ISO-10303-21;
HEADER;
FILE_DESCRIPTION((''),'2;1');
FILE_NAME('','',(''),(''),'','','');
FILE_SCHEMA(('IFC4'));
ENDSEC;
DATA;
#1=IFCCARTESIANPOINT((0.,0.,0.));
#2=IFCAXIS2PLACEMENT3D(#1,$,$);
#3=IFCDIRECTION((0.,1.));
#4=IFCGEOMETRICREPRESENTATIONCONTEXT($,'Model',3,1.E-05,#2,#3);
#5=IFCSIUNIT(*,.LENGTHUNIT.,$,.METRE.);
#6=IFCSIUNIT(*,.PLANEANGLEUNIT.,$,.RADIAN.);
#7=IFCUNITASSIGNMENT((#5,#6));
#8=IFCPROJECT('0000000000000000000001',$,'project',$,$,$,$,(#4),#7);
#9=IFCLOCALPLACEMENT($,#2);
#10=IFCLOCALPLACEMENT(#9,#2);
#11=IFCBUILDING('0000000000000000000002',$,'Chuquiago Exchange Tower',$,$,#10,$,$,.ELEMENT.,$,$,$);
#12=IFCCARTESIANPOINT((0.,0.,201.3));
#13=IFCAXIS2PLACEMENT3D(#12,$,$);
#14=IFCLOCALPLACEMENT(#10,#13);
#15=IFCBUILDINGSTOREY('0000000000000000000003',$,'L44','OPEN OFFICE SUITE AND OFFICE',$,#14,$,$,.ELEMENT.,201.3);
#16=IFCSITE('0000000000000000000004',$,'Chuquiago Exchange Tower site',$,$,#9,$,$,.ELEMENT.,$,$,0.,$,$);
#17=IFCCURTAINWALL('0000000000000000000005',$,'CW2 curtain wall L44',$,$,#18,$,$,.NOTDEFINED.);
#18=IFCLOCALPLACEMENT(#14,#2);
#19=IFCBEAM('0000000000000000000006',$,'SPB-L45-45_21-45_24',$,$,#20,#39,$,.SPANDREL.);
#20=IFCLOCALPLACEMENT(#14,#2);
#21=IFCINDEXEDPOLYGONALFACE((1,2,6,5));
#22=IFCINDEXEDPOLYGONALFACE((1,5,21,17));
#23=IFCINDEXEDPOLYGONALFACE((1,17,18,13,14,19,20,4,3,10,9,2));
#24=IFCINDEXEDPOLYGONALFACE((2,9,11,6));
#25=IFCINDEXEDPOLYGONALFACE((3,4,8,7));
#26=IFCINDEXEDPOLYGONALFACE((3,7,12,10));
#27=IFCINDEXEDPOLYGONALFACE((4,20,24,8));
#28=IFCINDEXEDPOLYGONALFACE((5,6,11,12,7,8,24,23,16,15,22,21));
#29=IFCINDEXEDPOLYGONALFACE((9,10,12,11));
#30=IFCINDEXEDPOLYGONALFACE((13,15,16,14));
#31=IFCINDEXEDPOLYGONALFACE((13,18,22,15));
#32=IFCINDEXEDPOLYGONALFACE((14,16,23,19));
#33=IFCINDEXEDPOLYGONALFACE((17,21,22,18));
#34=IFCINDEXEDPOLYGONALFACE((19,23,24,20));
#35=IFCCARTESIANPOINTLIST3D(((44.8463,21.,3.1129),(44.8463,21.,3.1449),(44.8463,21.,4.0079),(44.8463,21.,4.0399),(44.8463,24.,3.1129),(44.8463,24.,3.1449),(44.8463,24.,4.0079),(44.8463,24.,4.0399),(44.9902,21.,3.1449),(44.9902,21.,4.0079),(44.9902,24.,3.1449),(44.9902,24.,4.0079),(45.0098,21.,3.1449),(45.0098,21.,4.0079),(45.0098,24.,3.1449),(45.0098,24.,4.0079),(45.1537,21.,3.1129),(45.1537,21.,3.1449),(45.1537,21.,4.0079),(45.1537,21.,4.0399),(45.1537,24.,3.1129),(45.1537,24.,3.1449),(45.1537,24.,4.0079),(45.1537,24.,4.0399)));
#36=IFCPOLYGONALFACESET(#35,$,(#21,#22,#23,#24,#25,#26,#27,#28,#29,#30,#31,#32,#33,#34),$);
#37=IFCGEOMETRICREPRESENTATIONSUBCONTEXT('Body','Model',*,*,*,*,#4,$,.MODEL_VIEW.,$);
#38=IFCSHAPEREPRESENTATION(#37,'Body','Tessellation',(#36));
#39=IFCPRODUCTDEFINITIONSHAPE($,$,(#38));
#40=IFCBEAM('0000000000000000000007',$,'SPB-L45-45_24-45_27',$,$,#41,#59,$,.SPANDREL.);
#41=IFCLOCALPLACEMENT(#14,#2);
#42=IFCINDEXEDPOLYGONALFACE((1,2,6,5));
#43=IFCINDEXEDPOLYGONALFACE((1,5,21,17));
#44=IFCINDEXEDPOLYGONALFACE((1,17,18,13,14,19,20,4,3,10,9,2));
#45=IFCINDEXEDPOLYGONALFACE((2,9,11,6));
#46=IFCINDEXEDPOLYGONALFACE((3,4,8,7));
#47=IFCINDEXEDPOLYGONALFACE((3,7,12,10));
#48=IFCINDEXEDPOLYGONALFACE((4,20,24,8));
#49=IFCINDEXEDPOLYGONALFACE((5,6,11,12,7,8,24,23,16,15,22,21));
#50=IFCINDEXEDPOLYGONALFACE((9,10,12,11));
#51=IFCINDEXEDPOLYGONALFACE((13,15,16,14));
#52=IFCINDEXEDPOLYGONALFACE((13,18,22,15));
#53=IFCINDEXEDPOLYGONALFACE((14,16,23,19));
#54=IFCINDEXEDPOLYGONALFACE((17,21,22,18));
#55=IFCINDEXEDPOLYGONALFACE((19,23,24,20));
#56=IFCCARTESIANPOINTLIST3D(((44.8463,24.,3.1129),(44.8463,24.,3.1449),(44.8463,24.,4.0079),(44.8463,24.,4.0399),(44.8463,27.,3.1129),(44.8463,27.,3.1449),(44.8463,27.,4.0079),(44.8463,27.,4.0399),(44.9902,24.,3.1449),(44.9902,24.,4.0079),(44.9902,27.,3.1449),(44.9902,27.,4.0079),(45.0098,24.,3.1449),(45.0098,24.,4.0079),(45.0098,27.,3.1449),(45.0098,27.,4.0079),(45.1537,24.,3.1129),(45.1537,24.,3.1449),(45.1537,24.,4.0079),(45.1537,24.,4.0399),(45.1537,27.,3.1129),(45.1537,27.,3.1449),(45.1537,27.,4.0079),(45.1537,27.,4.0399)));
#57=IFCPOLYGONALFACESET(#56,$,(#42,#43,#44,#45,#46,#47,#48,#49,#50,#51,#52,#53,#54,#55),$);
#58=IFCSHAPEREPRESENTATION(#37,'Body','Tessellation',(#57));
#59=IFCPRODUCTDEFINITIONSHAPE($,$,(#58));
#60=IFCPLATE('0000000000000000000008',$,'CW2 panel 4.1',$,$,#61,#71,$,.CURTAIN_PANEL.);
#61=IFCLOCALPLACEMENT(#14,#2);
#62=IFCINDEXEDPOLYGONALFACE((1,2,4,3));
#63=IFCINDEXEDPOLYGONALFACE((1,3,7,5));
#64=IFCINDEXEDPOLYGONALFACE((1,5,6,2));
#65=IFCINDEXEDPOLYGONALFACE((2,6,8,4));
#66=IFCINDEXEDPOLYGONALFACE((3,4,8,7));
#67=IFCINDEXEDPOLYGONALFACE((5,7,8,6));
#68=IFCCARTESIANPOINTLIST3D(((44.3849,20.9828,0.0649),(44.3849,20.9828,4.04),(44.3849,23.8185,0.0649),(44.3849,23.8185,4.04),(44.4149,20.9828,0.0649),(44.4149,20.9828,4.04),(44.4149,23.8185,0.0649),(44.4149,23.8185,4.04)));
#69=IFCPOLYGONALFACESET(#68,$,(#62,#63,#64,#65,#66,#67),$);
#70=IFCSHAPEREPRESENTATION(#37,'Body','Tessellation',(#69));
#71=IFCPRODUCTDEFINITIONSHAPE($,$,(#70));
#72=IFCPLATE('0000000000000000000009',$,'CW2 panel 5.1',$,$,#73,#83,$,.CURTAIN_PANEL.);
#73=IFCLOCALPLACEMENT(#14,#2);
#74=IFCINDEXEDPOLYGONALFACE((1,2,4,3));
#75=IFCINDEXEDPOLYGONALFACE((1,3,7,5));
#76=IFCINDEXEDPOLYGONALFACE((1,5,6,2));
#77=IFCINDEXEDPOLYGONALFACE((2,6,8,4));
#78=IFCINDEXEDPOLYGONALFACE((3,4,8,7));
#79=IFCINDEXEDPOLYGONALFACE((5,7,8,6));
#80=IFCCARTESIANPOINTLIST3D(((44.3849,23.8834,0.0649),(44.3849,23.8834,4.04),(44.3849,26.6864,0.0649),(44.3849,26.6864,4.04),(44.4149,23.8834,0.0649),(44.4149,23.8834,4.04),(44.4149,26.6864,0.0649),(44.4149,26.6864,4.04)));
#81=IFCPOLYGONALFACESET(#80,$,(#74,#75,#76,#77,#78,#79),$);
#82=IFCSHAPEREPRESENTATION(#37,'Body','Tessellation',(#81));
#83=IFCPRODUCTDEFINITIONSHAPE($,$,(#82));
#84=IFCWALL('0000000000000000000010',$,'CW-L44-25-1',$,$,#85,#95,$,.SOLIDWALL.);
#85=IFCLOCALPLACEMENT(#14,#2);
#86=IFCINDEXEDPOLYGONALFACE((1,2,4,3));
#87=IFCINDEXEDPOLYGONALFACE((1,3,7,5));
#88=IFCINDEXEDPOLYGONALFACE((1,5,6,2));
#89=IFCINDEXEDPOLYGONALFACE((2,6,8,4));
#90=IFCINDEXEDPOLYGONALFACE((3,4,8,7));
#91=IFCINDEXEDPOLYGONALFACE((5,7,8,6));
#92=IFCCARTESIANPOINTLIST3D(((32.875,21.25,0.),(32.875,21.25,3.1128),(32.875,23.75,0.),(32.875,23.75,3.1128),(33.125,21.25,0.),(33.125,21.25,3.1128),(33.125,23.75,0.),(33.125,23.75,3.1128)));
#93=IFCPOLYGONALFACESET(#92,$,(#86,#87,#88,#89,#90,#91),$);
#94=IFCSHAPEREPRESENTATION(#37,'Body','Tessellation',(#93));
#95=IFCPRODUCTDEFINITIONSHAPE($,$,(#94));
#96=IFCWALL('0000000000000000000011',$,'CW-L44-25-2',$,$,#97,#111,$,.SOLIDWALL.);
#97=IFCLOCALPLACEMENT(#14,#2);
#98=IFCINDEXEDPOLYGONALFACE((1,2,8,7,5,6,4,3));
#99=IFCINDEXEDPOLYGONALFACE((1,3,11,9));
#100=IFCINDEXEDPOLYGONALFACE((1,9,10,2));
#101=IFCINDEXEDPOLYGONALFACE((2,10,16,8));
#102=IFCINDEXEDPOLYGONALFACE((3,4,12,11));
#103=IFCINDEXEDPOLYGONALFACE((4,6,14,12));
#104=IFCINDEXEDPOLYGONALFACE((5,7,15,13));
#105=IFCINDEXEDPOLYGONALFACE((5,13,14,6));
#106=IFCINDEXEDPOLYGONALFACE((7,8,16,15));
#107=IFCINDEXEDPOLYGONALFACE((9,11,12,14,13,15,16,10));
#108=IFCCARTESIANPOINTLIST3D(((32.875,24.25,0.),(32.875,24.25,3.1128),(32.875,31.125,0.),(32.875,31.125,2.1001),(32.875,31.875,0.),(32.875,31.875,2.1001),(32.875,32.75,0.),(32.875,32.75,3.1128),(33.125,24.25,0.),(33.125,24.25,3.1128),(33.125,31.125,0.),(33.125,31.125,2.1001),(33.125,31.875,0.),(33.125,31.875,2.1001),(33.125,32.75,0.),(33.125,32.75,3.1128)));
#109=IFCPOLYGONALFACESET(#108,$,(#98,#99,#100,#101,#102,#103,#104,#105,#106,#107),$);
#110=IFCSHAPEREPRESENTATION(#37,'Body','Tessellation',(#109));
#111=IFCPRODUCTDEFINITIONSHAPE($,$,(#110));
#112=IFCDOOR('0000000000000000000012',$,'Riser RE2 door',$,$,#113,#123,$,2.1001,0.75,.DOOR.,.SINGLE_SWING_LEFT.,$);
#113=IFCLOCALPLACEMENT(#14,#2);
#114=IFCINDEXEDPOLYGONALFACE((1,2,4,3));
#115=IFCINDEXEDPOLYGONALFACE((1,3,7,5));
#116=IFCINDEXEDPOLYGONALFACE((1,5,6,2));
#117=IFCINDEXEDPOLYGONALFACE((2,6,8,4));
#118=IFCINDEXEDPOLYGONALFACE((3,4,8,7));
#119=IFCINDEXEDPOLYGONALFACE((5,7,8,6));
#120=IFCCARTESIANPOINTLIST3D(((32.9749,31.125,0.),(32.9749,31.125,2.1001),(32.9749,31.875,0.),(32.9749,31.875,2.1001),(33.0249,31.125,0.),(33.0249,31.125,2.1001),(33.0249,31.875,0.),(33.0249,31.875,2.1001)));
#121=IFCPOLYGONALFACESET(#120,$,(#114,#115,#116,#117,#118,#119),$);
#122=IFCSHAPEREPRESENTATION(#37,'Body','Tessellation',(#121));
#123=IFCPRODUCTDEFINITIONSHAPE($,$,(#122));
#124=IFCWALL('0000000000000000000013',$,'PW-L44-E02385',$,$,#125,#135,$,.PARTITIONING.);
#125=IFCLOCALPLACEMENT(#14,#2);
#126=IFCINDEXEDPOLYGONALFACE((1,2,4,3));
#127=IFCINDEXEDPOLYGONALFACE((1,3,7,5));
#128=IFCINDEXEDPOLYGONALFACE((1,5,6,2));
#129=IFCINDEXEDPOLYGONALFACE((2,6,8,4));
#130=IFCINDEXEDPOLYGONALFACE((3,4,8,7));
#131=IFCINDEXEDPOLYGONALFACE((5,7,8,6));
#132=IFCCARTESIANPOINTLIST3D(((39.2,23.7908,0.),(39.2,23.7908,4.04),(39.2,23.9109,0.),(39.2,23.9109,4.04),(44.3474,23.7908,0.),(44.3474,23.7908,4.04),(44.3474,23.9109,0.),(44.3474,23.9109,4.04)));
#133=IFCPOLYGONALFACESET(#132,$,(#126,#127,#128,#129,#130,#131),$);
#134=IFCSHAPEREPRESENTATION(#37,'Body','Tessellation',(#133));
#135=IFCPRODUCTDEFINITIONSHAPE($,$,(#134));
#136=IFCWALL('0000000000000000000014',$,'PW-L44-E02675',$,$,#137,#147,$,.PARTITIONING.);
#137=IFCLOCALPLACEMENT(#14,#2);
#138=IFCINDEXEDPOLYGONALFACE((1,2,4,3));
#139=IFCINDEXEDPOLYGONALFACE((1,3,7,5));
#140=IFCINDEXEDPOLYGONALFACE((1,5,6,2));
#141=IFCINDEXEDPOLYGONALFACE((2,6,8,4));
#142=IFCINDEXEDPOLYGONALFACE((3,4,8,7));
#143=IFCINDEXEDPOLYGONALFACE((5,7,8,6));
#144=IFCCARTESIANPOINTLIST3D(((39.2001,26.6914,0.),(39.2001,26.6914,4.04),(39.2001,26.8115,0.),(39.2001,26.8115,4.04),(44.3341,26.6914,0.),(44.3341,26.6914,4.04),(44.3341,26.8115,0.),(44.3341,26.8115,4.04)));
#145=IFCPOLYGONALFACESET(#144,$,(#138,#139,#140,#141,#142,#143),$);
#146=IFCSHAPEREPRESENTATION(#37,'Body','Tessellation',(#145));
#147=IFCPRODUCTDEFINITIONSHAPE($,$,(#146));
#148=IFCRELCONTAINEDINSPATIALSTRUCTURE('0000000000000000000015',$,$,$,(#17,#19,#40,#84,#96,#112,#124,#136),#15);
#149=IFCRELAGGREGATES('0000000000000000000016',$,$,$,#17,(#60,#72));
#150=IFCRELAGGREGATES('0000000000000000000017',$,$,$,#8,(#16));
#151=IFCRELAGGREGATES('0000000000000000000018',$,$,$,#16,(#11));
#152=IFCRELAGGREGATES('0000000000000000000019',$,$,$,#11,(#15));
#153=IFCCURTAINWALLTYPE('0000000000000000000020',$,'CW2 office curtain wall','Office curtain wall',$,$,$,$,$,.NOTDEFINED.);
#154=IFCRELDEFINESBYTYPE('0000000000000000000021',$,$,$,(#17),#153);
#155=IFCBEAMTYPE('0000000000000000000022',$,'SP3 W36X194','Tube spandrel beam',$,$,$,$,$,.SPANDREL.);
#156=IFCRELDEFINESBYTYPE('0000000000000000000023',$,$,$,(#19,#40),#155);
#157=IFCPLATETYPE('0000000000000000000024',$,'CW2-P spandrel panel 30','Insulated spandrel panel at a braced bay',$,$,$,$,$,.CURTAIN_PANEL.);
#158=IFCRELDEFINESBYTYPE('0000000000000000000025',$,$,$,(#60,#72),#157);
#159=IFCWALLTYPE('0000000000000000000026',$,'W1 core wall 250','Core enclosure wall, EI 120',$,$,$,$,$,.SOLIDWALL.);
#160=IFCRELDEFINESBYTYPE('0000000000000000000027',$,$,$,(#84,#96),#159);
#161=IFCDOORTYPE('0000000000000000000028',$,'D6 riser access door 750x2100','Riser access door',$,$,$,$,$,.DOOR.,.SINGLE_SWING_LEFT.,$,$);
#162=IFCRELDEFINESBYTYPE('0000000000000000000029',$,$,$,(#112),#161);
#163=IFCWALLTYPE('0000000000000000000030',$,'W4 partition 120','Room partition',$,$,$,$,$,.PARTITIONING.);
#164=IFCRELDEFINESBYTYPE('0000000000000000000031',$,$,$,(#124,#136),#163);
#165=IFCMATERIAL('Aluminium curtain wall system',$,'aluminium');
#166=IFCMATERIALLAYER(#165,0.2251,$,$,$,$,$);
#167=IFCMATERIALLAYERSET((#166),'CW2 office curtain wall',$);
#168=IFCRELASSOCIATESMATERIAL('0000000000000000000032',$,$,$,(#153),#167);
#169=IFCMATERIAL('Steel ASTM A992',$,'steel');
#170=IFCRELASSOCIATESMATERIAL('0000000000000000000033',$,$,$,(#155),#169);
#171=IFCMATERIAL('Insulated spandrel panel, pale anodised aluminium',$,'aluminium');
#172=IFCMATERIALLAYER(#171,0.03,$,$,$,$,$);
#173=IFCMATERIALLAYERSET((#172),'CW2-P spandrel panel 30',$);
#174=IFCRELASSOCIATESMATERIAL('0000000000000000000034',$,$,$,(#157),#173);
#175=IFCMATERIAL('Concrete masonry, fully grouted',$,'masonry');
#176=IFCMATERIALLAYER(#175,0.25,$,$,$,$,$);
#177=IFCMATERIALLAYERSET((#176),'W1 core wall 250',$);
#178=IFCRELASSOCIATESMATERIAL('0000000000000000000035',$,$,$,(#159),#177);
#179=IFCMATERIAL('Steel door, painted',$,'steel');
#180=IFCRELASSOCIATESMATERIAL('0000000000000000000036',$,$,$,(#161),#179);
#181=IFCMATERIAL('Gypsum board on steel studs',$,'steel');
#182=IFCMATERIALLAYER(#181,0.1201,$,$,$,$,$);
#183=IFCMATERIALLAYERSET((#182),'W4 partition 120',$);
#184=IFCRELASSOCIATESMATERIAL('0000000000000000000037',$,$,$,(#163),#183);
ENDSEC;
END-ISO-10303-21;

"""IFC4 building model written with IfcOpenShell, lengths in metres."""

from ifc_helpers import new_model, si_unit, direction, frame, frame_2d, origin, origin_2d, place, context, subcontext, project, spatial, rectangle, i_section, extrude, material, layer, layer_set, material_profile, profile_set, type_object, element, fill, aggregate, save


model = new_model("IFC4")

# Units and contexts
model_context = context("Model", 3, precision=1e-05, world=origin(), true_north=direction((0.0, 1.0)))
body_context = subcontext(model_context, "Body", "Model", "MODEL_VIEW")
ifc_project = project(units=[si_unit("LENGTHUNIT", "METRE"), si_unit("PLANEANGLEUNIT", "RADIAN")], contexts=[model_context])

# Site, building, storey
site_placement = place(None, origin())
site = spatial("IfcSite", under=ifc_project, at=site_placement, Name="Chuquiago Exchange Tower site", CompositionType="ELEMENT", RefElevation=0.0)
building_placement = place(site_placement, origin())
building = spatial("IfcBuilding", under=site, at=building_placement, Name="Chuquiago Exchange Tower", CompositionType="ELEMENT")
storey_placement = place(building_placement, frame((0.0, 0.0, 201.3)))
storey = spatial("IfcBuildingStorey", under=building, at=storey_placement, Name="L44", Description="OPEN OFFICE SUITE AND OFFICE", CompositionType="ELEMENT", Elevation=201.3)

# Curtain wall
ifc_material_1 = material(Name="Aluminium curtain wall system", Category="aluminium")
ifc_layer_1 = layer(ifc_material_1, 0.2251)
ifc_layer_set_1 = layer_set([ifc_layer_1], Name="CW2 office curtain wall")
curtain_wall_type_1 = type_object("IfcCurtainWallType", Name="CW2 office curtain wall", Description="Office curtain wall", PredefinedType="NOTDEFINED", material=ifc_layer_set_1)
curtain_wall_1_placement = place(storey_placement, origin())
curtain_wall_1 = element("IfcCurtainWall", 1, at=curtain_wall_1_placement, inside=storey, type_object=curtain_wall_type_1, Name="CW2 curtain wall L44", PredefinedType="NOTDEFINED")

# Beams
ifc_material_2 = material(Name="Steel ASTM A992", Category="steel")
ifc_material_profile_1 = material_profile(ifc_material_2, i_section(OverallWidth=0.3074, OverallDepth=0.927, WebThickness=0.0195, FlangeThickness=0.032, at=origin_2d()), Name="W36X194")
ifc_profile_set_1 = profile_set([ifc_material_profile_1], Name="Steel ASTM A992")
beam_type_1 = type_object("IfcBeamType", Name="SP3 W36X194", Description="Tube spandrel beam", PredefinedType="SPANDREL", material=ifc_profile_set_1)
for number, where, z_axis, x_axis, name in (
    (2, (45.0, 21.0, 3.5764), (0.0, 1.0, 0.0), (-1.0, 0.0, 0.0), "SPB-L45-45_21-45_24"),
    (3, (45.0, 24.0, 3.5764), (0.0, 1.0, 0.0), (-1.0, 0.0, 0.0), "SPB-L45-45_24-45_27"),
):
    element("IfcBeam", number, at=place(storey_placement, frame(where, z_axis=z_axis, x_axis=x_axis)), inside=storey, type_object=beam_type_1, Name=name, PredefinedType="SPANDREL", context=body_context, shape_type="SweptSolid", body=[
        extrude(i_section(OverallWidth=0.3074, OverallDepth=0.927, WebThickness=0.0195, FlangeThickness=0.032, at=origin_2d()), origin(), (0.0, 0.0, 1.0), 3.0),
    ])

# Plates
ifc_material_3 = material(Name="Insulated spandrel panel, pale anodised aluminium", Category="aluminium")
ifc_layer_2 = layer(ifc_material_3, 0.03)
ifc_layer_set_2 = layer_set([ifc_layer_2], Name="CW2-P spandrel panel 30")
plate_type = type_object("IfcPlateType", Name="CW2-P spandrel panel 30", Description="Insulated spandrel panel at a braced bay", PredefinedType="CURTAIN_PANEL", material=ifc_layer_set_2)
plate_1_placement = place(storey_placement, frame((44.3999, 22.4006, 0.0649), z_axis=(0.0, 0.0, 1.0), x_axis=(0.0, 1.0, 0.0)))
plate_1 = element("IfcPlate", 4, at=plate_1_placement, type_object=plate_type, Name="CW2 panel 4.1", PredefinedType="CURTAIN_PANEL", context=body_context, shape_type="SweptSolid", body=[
    extrude(rectangle(XDim=2.8357, YDim=0.03, at=origin_2d()), origin(), (0.0, 0.0, 1.0), 3.9751),
])
plate_2_placement = place(storey_placement, frame((44.3999, 25.2849, 0.0649), z_axis=(0.0, 0.0, 1.0), x_axis=(0.0, 1.0, 0.0)))
plate_2 = element("IfcPlate", 5, at=plate_2_placement, type_object=plate_type, Name="CW2 panel 5.1", PredefinedType="CURTAIN_PANEL", context=body_context, shape_type="SweptSolid", body=[
    extrude(rectangle(XDim=2.803, YDim=0.03, at=origin_2d()), origin(), (0.0, 0.0, 1.0), 3.9751),
])
aggregate(curtain_wall_1, [plate_1, plate_2])

# Wall
ifc_material_4 = material(Name="Concrete masonry, fully grouted", Category="masonry")
ifc_layer_3 = layer(ifc_material_4, 0.25)
ifc_layer_set_3 = layer_set([ifc_layer_3], Name="W1 core wall 250")
wall_type_1 = type_object("IfcWallType", Name="W1 core wall 250", Description="Core enclosure wall, EI 120", PredefinedType="SOLIDWALL", material=ifc_layer_set_3)
wall_1_placement = place(storey_placement, frame((33.0, 21.25, 0.0), z_axis=(0.0, 0.0, 1.0), x_axis=(0.0, 1.0, 0.0)))
element("IfcWall", 6, at=wall_1_placement, inside=storey, type_object=wall_type_1, Name="CW-L44-25-1", PredefinedType="SOLIDWALL", context=body_context, shape_type="SweptSolid", body=[
    extrude(rectangle(XDim=2.5, YDim=0.25, at=frame_2d((1.25, 0.0))), origin(), (0.0, 0.0, 1.0), 3.1128),
])

# Wall, opening, door
wall_2_placement = place(storey_placement, frame((33.0, 24.25, 0.0), z_axis=(0.0, 0.0, 1.0), x_axis=(0.0, 1.0, 0.0)))
wall_2 = element("IfcWall", 7, at=wall_2_placement, inside=storey, type_object=wall_type_1, Name="CW-L44-25-2", PredefinedType="SOLIDWALL", context=body_context, shape_type="SweptSolid", body=[
    extrude(rectangle(XDim=8.5, YDim=0.25, at=frame_2d((4.25, 0.0))), origin(), (0.0, 0.0, 1.0), 3.1128),
])
opening_1_placement = place(wall_2_placement, frame((6.875, 0.0, 0.0)))
opening_1 = element("IfcOpeningElement", 8, at=opening_1_placement, cuts=wall_2, PredefinedType="OPENING", context=body_context, shape_type="SweptSolid", body=[
    extrude(rectangle(XDim=0.75, YDim=2.1001, at=frame_2d((0.375, 1.05))), frame((0.0, 0.135, 0.0), z_axis=(0.0, -1.0, 0.0), x_axis=(1.0, 0.0, 0.0)), (0.0, 0.0, 1.0), 0.27),
])
ifc_material_5 = material(Name="Steel door, painted", Category="steel")
door_type_1 = type_object("IfcDoorType", Name="D6 riser access door 750x2100", Description="Riser access door", OperationType="SINGLE_SWING_LEFT", PredefinedType="DOOR", material=ifc_material_5)
door_1_placement = place(opening_1_placement, frame((0.75, 0.0, 0.0), z_axis=(0.0, 0.0, 1.0), x_axis=(-1.0, 0.0, 0.0)))
door_1 = element("IfcDoor", 9, at=door_1_placement, inside=storey, type_object=door_type_1, Name="Riser RE2 door", OperationType="SINGLE_SWING_LEFT", OverallHeight=2.1001, OverallWidth=0.75, PredefinedType="DOOR", context=body_context, shape_type="SweptSolid", body=[
    extrude(rectangle(XDim=0.75, YDim=2.1001, at=frame_2d((0.375, 1.05))), frame((0.0, 0.0249, 0.0), z_axis=(0.0, -1.0, 0.0), x_axis=(1.0, 0.0, 0.0)), (0.0, 0.0, 1.0), 0.05),
])
fill(opening_1, door_1)

# Walls
ifc_material_6 = material(Name="Gypsum board on steel studs", Category="steel")
ifc_layer_4 = layer(ifc_material_6, 0.1201)
ifc_layer_set_4 = layer_set([ifc_layer_4], Name="W4 partition 120")
wall_type_2 = type_object("IfcWallType", Name="W4 partition 120", Description="Room partition", PredefinedType="PARTITIONING", material=ifc_layer_set_4)
wall_3_placement = place(storey_placement, frame((44.3474, 23.8508, 0.0), z_axis=(0.0, 0.0, 1.0), x_axis=(-1.0, 0.0, 0.0)))
element("IfcWall", 10, at=wall_3_placement, inside=storey, type_object=wall_type_2, Name="PW-L44-E02385", PredefinedType="PARTITIONING", context=body_context, shape_type="SweptSolid", body=[
    extrude(rectangle(XDim=5.1475, YDim=0.1201, at=frame_2d((2.5737, 0.0))), origin(), (0.0, 0.0, 1.0), 4.04),
])
wall_4_placement = place(storey_placement, frame((44.334, 26.7515, 0.0), z_axis=(0.0, 0.0, 1.0), x_axis=(-1.0, 0.0, 0.0)))
element("IfcWall", 11, at=wall_4_placement, inside=storey, type_object=wall_type_2, Name="PW-L44-E02675", PredefinedType="PARTITIONING", context=body_context, shape_type="SweptSolid", body=[
    extrude(rectangle(XDim=5.134, YDim=0.1201, at=frame_2d((2.5669, 0.0))), origin(), (0.0, 0.0, 1.0), 4.04),
])

save(model, "model.ifc")
